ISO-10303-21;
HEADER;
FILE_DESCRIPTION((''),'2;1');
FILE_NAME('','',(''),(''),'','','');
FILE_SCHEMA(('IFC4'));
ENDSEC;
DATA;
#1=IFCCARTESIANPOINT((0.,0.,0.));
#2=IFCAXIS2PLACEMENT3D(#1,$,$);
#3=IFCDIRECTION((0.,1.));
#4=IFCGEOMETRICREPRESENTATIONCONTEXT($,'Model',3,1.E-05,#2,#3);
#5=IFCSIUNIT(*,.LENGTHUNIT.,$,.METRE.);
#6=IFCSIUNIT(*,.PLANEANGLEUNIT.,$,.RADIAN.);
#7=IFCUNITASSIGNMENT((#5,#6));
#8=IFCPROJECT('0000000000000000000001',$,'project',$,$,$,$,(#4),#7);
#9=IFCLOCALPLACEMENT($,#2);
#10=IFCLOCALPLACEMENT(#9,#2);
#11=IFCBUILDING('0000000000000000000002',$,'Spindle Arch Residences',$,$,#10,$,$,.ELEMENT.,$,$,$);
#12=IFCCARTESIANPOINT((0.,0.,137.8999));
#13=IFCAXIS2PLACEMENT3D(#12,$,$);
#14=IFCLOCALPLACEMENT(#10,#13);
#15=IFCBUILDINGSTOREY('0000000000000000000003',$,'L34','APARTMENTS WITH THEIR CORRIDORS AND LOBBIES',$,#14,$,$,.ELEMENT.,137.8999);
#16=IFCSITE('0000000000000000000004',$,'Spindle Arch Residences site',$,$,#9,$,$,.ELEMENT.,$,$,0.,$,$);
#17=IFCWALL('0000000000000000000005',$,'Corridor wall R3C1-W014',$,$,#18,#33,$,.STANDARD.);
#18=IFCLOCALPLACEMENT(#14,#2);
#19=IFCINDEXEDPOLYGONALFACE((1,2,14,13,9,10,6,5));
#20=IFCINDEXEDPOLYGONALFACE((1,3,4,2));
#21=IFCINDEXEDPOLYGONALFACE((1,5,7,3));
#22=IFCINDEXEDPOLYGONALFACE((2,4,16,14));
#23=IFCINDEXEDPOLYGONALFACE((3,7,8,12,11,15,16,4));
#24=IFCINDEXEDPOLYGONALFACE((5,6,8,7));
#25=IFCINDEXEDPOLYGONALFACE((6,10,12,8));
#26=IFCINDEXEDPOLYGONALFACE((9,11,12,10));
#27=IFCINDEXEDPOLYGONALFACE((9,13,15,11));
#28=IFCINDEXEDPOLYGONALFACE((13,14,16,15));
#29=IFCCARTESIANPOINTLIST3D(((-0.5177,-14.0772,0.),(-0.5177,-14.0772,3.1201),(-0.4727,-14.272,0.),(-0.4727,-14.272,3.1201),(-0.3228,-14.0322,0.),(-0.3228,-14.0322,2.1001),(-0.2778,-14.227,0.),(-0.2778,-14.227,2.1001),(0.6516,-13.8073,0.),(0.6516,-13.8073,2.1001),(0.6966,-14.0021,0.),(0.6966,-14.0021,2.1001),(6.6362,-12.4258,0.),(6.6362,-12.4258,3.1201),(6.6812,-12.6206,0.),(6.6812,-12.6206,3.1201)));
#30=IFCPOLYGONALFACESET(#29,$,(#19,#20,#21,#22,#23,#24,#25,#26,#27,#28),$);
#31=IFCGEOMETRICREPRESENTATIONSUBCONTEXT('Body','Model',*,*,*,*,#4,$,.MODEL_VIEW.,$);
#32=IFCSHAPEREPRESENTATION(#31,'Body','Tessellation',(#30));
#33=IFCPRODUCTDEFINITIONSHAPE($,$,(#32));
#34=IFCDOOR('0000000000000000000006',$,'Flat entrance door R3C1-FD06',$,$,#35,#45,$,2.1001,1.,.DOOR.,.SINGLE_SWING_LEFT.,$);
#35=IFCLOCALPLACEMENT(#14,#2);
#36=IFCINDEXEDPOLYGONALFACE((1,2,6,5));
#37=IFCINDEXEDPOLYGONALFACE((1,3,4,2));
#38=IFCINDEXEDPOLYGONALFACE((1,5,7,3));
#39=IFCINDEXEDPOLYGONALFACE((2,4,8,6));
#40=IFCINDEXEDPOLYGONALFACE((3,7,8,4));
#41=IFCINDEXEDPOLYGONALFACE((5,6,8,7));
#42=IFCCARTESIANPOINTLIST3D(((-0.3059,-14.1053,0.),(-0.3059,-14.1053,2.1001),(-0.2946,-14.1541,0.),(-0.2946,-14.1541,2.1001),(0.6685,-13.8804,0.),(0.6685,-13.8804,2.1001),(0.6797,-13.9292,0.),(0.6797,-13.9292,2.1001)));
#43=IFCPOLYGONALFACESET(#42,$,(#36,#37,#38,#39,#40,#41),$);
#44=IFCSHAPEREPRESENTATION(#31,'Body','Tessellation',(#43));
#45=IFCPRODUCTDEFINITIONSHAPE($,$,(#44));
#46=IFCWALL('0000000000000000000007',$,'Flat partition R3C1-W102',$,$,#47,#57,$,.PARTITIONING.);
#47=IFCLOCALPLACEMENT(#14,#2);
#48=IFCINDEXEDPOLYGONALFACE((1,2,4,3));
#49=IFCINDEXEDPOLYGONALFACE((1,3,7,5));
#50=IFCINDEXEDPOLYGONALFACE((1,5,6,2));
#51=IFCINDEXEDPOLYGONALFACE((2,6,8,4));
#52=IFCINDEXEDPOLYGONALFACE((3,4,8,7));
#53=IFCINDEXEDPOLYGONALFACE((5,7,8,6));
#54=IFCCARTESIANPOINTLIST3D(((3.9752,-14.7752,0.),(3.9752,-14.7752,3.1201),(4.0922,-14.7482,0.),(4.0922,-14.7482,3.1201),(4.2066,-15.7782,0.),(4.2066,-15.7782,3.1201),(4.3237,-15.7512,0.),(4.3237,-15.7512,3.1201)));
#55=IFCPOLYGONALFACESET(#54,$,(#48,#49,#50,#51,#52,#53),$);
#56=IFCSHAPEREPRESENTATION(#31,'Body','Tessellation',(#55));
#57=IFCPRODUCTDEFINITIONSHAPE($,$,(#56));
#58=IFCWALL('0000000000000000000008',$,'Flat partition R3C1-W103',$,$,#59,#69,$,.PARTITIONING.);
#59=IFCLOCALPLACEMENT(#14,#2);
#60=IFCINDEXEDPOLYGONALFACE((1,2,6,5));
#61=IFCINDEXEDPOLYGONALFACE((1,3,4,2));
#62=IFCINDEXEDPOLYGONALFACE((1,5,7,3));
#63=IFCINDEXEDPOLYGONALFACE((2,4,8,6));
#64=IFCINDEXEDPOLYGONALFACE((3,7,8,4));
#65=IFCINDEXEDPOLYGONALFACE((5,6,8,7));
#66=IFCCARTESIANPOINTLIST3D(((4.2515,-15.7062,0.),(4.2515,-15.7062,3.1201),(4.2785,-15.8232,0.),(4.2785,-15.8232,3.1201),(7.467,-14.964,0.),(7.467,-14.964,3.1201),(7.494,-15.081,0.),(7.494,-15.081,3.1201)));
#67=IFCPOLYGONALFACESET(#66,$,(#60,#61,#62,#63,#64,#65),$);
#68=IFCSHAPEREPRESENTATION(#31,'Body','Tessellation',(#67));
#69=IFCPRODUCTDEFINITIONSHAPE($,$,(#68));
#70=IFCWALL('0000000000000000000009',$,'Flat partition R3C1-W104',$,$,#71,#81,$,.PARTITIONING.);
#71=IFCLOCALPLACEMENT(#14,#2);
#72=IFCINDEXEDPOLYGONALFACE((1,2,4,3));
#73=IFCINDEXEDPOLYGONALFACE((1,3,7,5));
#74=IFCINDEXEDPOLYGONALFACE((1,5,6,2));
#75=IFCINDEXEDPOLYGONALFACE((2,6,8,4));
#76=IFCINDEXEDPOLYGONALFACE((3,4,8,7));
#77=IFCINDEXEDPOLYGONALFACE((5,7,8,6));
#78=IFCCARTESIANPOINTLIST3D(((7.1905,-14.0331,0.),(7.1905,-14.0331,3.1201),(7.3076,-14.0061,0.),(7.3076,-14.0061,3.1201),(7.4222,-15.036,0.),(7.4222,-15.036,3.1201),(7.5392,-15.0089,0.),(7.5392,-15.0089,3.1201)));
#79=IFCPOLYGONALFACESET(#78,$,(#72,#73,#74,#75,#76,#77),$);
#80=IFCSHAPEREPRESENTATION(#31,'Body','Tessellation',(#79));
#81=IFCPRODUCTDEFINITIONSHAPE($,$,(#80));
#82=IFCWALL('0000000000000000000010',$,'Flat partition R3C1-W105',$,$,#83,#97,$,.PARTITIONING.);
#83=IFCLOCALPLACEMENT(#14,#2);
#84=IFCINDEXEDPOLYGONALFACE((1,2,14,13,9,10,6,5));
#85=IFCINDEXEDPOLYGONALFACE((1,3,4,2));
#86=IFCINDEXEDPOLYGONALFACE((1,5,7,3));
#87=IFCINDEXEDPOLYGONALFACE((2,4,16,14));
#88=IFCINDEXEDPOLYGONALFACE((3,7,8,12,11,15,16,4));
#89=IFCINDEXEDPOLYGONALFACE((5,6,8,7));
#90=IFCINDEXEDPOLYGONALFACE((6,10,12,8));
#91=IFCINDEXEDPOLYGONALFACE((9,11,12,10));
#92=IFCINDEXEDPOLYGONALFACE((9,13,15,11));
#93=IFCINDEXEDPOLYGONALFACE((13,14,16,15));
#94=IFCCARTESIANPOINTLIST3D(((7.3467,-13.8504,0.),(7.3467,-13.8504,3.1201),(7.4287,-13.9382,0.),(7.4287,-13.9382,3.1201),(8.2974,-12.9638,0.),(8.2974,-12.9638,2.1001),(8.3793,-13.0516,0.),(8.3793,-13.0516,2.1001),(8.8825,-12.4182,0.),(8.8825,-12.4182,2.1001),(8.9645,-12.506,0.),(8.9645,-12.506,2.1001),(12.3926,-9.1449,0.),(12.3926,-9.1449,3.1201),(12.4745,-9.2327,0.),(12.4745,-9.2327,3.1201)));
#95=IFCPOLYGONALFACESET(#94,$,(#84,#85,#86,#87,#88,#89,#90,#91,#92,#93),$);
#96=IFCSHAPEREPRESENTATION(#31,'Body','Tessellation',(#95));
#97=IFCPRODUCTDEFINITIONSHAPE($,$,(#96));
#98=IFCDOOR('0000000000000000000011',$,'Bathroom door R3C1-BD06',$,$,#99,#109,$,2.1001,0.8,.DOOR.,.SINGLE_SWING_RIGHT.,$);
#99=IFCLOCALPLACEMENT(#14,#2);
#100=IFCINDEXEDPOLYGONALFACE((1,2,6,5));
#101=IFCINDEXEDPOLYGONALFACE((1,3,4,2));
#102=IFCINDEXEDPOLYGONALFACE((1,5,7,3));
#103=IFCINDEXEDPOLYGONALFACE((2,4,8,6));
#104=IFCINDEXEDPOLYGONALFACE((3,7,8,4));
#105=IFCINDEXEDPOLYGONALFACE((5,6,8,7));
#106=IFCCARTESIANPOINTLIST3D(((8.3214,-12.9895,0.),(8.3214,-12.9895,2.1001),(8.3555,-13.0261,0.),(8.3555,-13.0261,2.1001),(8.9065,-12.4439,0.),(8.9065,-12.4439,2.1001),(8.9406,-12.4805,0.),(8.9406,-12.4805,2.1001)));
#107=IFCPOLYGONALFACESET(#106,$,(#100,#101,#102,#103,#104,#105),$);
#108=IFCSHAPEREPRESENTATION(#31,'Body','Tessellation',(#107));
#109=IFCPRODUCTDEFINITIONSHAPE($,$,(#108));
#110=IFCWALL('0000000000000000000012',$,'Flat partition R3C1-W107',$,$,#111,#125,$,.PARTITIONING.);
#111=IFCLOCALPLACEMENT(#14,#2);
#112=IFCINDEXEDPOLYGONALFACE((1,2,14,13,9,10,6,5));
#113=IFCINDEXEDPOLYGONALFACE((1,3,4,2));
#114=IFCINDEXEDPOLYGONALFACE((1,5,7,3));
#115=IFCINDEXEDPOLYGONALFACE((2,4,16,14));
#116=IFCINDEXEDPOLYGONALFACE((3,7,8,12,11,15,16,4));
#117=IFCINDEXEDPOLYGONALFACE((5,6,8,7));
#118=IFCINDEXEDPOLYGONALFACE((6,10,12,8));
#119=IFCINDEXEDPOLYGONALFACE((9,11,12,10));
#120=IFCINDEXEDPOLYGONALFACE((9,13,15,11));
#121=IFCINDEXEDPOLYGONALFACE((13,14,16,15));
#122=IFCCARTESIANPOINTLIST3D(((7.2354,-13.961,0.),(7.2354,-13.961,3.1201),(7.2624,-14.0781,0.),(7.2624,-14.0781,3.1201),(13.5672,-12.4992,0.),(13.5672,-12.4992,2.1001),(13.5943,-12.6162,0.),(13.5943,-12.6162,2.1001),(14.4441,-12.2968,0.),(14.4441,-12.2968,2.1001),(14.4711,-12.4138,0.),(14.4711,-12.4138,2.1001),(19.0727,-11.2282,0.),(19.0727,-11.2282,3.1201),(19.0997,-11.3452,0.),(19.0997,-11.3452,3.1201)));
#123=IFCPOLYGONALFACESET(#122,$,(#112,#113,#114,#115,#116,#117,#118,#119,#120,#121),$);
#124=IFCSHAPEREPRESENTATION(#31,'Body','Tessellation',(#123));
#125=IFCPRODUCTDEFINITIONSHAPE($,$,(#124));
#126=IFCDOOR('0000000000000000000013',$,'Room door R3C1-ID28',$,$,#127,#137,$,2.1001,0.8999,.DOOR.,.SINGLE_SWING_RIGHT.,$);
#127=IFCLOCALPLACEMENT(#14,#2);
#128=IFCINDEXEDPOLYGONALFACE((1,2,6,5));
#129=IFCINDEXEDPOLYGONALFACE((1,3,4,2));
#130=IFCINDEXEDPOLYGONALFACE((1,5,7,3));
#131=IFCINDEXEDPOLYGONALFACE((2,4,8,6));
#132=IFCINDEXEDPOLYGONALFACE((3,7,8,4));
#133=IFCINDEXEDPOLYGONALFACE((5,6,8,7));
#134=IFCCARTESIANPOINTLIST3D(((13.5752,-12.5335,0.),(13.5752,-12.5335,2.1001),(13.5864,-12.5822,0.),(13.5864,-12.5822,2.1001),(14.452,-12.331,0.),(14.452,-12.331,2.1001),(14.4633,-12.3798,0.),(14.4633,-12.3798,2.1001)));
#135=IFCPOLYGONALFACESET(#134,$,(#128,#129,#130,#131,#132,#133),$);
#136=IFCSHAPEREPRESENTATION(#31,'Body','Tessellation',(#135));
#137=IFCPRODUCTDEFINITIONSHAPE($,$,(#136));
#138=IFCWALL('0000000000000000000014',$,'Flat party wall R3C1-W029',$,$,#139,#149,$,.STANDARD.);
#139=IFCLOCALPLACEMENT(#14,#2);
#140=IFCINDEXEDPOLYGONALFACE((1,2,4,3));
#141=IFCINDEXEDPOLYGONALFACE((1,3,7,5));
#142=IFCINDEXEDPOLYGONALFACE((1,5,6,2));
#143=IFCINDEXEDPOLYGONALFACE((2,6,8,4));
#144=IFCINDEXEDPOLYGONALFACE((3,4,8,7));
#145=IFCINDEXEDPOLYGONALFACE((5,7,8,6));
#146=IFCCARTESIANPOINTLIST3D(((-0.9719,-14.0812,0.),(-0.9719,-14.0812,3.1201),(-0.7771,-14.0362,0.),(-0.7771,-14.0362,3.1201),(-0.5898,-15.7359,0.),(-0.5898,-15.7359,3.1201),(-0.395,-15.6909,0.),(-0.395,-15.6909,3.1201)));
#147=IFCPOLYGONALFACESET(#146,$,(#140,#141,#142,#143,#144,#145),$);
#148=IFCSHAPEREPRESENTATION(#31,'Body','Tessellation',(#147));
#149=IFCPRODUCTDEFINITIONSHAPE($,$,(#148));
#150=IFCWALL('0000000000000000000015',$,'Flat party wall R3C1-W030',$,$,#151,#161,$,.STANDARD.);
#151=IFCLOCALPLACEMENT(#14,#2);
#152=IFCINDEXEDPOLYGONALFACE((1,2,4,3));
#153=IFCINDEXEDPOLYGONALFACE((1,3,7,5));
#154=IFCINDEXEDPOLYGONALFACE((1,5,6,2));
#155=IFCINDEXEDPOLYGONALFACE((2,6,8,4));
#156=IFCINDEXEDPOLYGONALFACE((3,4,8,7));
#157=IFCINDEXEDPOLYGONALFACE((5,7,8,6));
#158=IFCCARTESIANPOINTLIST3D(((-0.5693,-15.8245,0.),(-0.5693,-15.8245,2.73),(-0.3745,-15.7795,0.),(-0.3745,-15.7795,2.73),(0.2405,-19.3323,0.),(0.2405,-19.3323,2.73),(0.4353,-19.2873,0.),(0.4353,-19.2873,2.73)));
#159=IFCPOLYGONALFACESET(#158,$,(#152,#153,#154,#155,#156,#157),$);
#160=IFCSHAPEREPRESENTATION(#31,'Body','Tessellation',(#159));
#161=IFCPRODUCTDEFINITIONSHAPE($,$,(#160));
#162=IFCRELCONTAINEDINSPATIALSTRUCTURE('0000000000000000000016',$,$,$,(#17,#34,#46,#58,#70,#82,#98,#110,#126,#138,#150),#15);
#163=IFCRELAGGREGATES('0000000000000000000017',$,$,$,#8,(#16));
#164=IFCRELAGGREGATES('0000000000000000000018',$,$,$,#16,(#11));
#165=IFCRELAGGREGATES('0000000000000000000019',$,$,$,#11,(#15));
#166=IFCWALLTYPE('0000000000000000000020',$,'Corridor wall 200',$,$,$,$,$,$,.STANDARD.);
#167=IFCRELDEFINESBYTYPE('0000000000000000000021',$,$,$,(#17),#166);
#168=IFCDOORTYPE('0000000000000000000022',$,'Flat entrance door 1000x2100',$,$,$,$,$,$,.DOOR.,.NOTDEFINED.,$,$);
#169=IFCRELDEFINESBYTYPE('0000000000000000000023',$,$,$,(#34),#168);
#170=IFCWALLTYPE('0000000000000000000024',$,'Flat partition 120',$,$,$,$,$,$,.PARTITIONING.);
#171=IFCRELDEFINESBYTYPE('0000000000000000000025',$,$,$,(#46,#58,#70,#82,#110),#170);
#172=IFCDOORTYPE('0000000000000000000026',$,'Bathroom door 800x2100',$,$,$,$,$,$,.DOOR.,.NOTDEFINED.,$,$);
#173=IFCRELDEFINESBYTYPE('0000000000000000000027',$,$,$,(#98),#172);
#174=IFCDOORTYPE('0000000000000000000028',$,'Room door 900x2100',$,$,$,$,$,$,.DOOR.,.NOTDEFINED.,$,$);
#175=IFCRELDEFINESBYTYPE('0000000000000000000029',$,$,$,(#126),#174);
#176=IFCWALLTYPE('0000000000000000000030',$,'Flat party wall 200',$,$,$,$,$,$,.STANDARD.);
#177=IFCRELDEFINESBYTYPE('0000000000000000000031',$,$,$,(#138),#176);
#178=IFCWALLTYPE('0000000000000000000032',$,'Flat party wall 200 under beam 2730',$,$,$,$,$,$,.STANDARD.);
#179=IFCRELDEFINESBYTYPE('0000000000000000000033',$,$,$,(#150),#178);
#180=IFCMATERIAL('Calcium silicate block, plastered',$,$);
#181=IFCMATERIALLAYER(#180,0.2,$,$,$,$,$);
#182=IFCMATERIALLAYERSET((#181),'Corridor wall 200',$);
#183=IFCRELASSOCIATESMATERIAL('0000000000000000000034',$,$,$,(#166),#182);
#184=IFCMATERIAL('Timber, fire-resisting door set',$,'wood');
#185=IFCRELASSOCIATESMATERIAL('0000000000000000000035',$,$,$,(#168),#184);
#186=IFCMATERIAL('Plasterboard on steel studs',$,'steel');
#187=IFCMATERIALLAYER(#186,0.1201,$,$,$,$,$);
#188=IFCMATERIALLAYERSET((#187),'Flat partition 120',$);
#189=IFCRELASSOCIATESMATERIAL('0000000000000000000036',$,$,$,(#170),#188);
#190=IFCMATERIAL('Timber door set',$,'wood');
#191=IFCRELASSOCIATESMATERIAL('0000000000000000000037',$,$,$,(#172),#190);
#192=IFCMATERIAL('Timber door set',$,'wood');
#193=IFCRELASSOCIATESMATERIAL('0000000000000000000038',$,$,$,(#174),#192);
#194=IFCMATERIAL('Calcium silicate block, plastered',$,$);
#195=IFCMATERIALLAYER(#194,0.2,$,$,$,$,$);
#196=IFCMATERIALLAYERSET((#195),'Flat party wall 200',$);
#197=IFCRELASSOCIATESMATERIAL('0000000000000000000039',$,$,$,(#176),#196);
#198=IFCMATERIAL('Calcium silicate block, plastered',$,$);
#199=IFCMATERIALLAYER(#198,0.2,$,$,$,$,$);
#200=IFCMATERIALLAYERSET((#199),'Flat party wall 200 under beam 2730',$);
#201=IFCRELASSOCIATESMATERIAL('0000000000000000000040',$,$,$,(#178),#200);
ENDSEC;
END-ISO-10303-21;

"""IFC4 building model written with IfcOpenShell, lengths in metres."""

from ifc_helpers import new_model, si_unit, direction, frame, frame_2d, origin, place, context, subcontext, project, spatial, rectangle, extrude, material, layer, layer_set, type_object, element, fill, save


model = new_model("IFC4")

# Units and contexts
model_context = context("Model", 3, precision=1e-05, world=origin(), true_north=direction((0.0, 1.0)))
body_context = subcontext(model_context, "Body", "Model", "MODEL_VIEW")
ifc_project = project(units=[si_unit("LENGTHUNIT", "METRE"), si_unit("PLANEANGLEUNIT", "RADIAN")], contexts=[model_context])

# Site, building, storey
site_placement = place(None, origin())
site = spatial("IfcSite", under=ifc_project, at=site_placement, Name="Spindle Arch Residences site", CompositionType="ELEMENT", RefElevation=0.0)
building_placement = place(site_placement, origin())
building = spatial("IfcBuilding", under=site, at=building_placement, Name="Spindle Arch Residences", CompositionType="ELEMENT")
storey_placement = place(building_placement, frame((0.0, 0.0, 137.8999)))
storey = spatial("IfcBuildingStorey", under=building, at=storey_placement, Name="L34", Description="APARTMENTS WITH THEIR CORRIDORS AND LOBBIES", CompositionType="ELEMENT", Elevation=137.8999)

# Wall, opening, door
ifc_material_1 = material(Name="Calcium silicate block, plastered")
ifc_layer_1 = layer(ifc_material_1, 0.2)
ifc_layer_set_1 = layer_set([ifc_layer_1], Name="Corridor wall 200")
wall_type_1 = type_object("IfcWallType", Name="Corridor wall 200", PredefinedType="STANDARD", material=ifc_layer_set_1)
wall_1_placement = place(storey_placement, frame((-0.4951, -14.1746, 0.0), z_axis=(0.0, 0.0, 1.0), x_axis=(0.974377, 0.224923, 0.0)))
wall_1 = element("IfcWall", 1, at=wall_1_placement, inside=storey, type_object=wall_type_1, Name="Corridor wall R3C1-W014", PredefinedType="STANDARD", context=body_context, shape_type="SweptSolid", body=[
    extrude(rectangle(XDim=7.342, YDim=0.2, at=frame_2d((3.6709, 0.0))), origin(), (0.0, 0.0, 1.0), 3.1201),
])
opening_1_placement = place(wall_1_placement, frame((0.2, 0.0, 0.0)))
opening_1 = element("IfcOpeningElement", 2, at=opening_1_placement, cuts=wall_1, PredefinedType="OPENING", context=body_context, shape_type="SweptSolid", body=[
    extrude(rectangle(XDim=1.0, YDim=2.1001, at=frame_2d((0.5, 1.05))), frame((0.0, 0.1099, 0.0), z_axis=(0.0, -1.0, 0.0), x_axis=(1.0, 0.0, 0.0)), (0.0, 0.0, 1.0), 0.22),
])
ifc_material_2 = material(Name="Timber, fire-resisting door set", Category="wood")
door_type_1 = type_object("IfcDoorType", Name="Flat entrance door 1000x2100", OperationType="NOTDEFINED", PredefinedType="DOOR", material=ifc_material_2)
door_1_placement = place(opening_1_placement, origin())
door_1 = element("IfcDoor", 3, at=door_1_placement, inside=storey, type_object=door_type_1, Name="Flat entrance door R3C1-FD06", OperationType="SINGLE_SWING_LEFT", OverallHeight=2.1001, OverallWidth=1.0, PredefinedType="DOOR", context=body_context, shape_type="SweptSolid", body=[
    extrude(rectangle(XDim=1.0, YDim=2.1001, at=frame_2d((0.5, 1.05))), frame((0.0, 0.0249, 0.0), z_axis=(0.0, -1.0, 0.0), x_axis=(1.0, 0.0, 0.0)), (0.0, 0.0, 1.0), 0.05),
])
fill(opening_1, door_1)

# Walls
ifc_material_3 = material(Name="Plasterboard on steel studs", Category="steel")
ifc_layer_2 = layer(ifc_material_3, 0.1201)
ifc_layer_set_2 = layer_set([ifc_layer_2], Name="Flat partition 120")
wall_type_2 = type_object("IfcWallType", Name="Flat partition 120", PredefinedType="PARTITIONING", material=ifc_layer_set_2)
wall_2_placement = place(storey_placement, frame((4.0337, -14.7617, 0.0), z_axis=(0.0, 0.0, 1.0), x_axis=(0.22486, -0.974391, 0.0)))
element("IfcWall", 4, at=wall_2_placement, inside=storey, type_object=wall_type_2, Name="Flat partition R3C1-W102", PredefinedType="PARTITIONING", context=body_context, shape_type="SweptSolid", body=[
    extrude(rectangle(XDim=1.0293, YDim=0.1201, at=frame_2d((0.5146, 0.0))), origin(), (0.0, 0.0, 1.0), 3.1201),
])
wall_3_placement = place(storey_placement, frame((4.2651, -15.7646, 0.0), z_axis=(0.0, 0.0, 1.0), x_axis=(0.974382, 0.224897, 0.0)))
element("IfcWall", 5, at=wall_3_placement, inside=storey, type_object=wall_type_2, Name="Flat partition R3C1-W103", PredefinedType="PARTITIONING", context=body_context, shape_type="SweptSolid", body=[
    extrude(rectangle(XDim=3.3, YDim=0.1201, at=frame_2d((1.6499, 0.0))), origin(), (0.0, 0.0, 1.0), 3.1201),
])
wall_4_placement = place(storey_placement, frame((7.4807, -15.0225, 0.0), z_axis=(0.0, 0.0, 1.0), x_axis=(-0.225085, 0.974339, 0.0)))
element("IfcWall", 6, at=wall_4_placement, inside=storey, type_object=wall_type_2, Name="Flat partition R3C1-W104", PredefinedType="PARTITIONING", context=body_context, shape_type="SweptSolid", body=[
    extrude(rectangle(XDim=1.0293, YDim=0.1201, at=frame_2d((0.5146, 0.0))), origin(), (0.0, 0.0, 1.0), 3.1201),
])

# Walls, openings, doors
wall_5_placement = place(storey_placement, frame((7.3877, -13.8943, 0.0), z_axis=(0.0, 0.0, 1.0), x_axis=(0.73134, 0.682013, 0.0)))
wall_5 = element("IfcWall", 7, at=wall_5_placement, inside=storey, type_object=wall_type_2, Name="Flat partition R3C1-W105", PredefinedType="PARTITIONING", context=body_context, shape_type="SweptSolid", body=[
    extrude(rectangle(XDim=6.8994, YDim=0.1201, at=frame_2d((3.4497, 0.0))), origin(), (0.0, 0.0, 1.0), 3.1201),
])
opening_2_placement = place(wall_5_placement, frame((1.3, 0.0, 0.0)))
opening_2 = element("IfcOpeningElement", 8, at=opening_2_placement, cuts=wall_5, PredefinedType="OPENING", context=body_context, shape_type="SweptSolid", body=[
    extrude(rectangle(XDim=0.8, YDim=2.1001, at=frame_2d((0.3999, 1.05))), frame((0.0, 0.0701, 0.0), z_axis=(0.0, -1.0, 0.0), x_axis=(1.0, 0.0, 0.0)), (0.0, 0.0, 1.0), 0.1401),
])
ifc_material_4 = material(Name="Timber door set", Category="wood")
door_type_2 = type_object("IfcDoorType", Name="Bathroom door 800x2100", OperationType="NOTDEFINED", PredefinedType="DOOR", material=ifc_material_4)
door_2_placement = place(opening_2_placement, origin())
door_2 = element("IfcDoor", 9, at=door_2_placement, inside=storey, type_object=door_type_2, Name="Bathroom door R3C1-BD06", OperationType="SINGLE_SWING_RIGHT", OverallHeight=2.1001, OverallWidth=0.8, PredefinedType="DOOR", context=body_context, shape_type="SweptSolid", body=[
    extrude(rectangle(XDim=0.8, YDim=2.1001, at=frame_2d((0.3999, 1.05))), frame((0.0, 0.0249, 0.0), z_axis=(0.0, -1.0, 0.0), x_axis=(1.0, 0.0, 0.0)), (0.0, 0.0, 1.0), 0.05),
])
fill(opening_2, door_2)
wall_6_placement = place(storey_placement, frame((7.249, -14.0195, 0.0), z_axis=(0.0, 0.0, 1.0), x_axis=(0.97437, 0.224953, 0.0)))
wall_6 = element("IfcWall", 10, at=wall_6_placement, inside=storey, type_object=wall_type_2, Name="Flat partition R3C1-W107", PredefinedType="PARTITIONING", context=body_context, shape_type="SweptSolid", body=[
    extrude(rectangle(XDim=12.1487, YDim=0.1201, at=frame_2d((6.0742, 0.0))), origin(), (0.0, 0.0, 1.0), 3.1201),
])
opening_3_placement = place(wall_6_placement, frame((6.4983, 0.0, 0.0)))
opening_3 = element("IfcOpeningElement", 11, at=opening_3_placement, cuts=wall_6, PredefinedType="OPENING", context=body_context, shape_type="SweptSolid", body=[
    extrude(rectangle(XDim=0.8999, YDim=2.1001, at=frame_2d((0.45, 1.05))), frame((0.0, 0.0701, 0.0), z_axis=(0.0, -1.0, 0.0), x_axis=(1.0, 0.0, 0.0)), (0.0, 0.0, 1.0), 0.1401),
])
ifc_material_5 = material(Name="Timber door set", Category="wood")
door_type_3 = type_object("IfcDoorType", Name="Room door 900x2100", OperationType="NOTDEFINED", PredefinedType="DOOR", material=ifc_material_5)
door_3_placement = place(opening_3_placement, origin())
door_3 = element("IfcDoor", 12, at=door_3_placement, inside=storey, type_object=door_type_3, Name="Room door R3C1-ID28", OperationType="SINGLE_SWING_RIGHT", OverallHeight=2.1001, OverallWidth=0.8999, PredefinedType="DOOR", context=body_context, shape_type="SweptSolid", body=[
    extrude(rectangle(XDim=0.8999, YDim=2.1001, at=frame_2d((0.45, 1.05))), frame((0.0, 0.0249, 0.0), z_axis=(0.0, -1.0, 0.0), x_axis=(1.0, 0.0, 0.0)), (0.0, 0.0, 1.0), 0.05),
])
fill(opening_3, door_3)

# Walls
ifc_material_6 = material(Name="Calcium silicate block, plastered")
ifc_layer_3 = layer(ifc_material_6, 0.2)
ifc_layer_set_3 = layer_set([ifc_layer_3], Name="Flat party wall 200")
wall_type_3 = type_object("IfcWallType", Name="Flat party wall 200", PredefinedType="STANDARD", material=ifc_layer_set_3)
wall_7_placement = place(storey_placement, frame((-0.4924, -15.7134, 0.0), z_axis=(0.0, 0.0, 1.0), x_axis=(-0.224975, 0.974365, 0.0)))
element("IfcWall", 13, at=wall_7_placement, inside=storey, type_object=wall_type_3, Name="Flat party wall R3C1-W029", PredefinedType="STANDARD", context=body_context, shape_type="SweptSolid", body=[
    extrude(rectangle(XDim=1.6982, YDim=0.2, at=frame_2d((0.8491, 0.0))), origin(), (0.0, 0.0, 1.0), 3.1201),
])
ifc_material_7 = material(Name="Calcium silicate block, plastered")
ifc_layer_4 = layer(ifc_material_7, 0.2)
ifc_layer_set_4 = layer_set([ifc_layer_4], Name="Flat party wall 200 under beam 2730")
wall_type_4 = type_object("IfcWallType", Name="Flat party wall 200 under beam 2730", PredefinedType="STANDARD", material=ifc_layer_set_4)
wall_8_placement = place(storey_placement, frame((0.3379, -19.3098, 0.0), z_axis=(0.0, 0.0, 1.0), x_axis=(-0.224944, 0.974372, 0.0)))
element("IfcWall", 14, at=wall_8_placement, inside=storey, type_object=wall_type_4, Name="Flat party wall R3C1-W030", PredefinedType="STANDARD", context=body_context, shape_type="SweptSolid", body=[
    extrude(rectangle(XDim=3.6001, YDim=0.2, at=frame_2d((1.8, 0.0))), origin(), (0.0, 0.0, 1.0), 2.73),
])

save(model, "model.ifc")
